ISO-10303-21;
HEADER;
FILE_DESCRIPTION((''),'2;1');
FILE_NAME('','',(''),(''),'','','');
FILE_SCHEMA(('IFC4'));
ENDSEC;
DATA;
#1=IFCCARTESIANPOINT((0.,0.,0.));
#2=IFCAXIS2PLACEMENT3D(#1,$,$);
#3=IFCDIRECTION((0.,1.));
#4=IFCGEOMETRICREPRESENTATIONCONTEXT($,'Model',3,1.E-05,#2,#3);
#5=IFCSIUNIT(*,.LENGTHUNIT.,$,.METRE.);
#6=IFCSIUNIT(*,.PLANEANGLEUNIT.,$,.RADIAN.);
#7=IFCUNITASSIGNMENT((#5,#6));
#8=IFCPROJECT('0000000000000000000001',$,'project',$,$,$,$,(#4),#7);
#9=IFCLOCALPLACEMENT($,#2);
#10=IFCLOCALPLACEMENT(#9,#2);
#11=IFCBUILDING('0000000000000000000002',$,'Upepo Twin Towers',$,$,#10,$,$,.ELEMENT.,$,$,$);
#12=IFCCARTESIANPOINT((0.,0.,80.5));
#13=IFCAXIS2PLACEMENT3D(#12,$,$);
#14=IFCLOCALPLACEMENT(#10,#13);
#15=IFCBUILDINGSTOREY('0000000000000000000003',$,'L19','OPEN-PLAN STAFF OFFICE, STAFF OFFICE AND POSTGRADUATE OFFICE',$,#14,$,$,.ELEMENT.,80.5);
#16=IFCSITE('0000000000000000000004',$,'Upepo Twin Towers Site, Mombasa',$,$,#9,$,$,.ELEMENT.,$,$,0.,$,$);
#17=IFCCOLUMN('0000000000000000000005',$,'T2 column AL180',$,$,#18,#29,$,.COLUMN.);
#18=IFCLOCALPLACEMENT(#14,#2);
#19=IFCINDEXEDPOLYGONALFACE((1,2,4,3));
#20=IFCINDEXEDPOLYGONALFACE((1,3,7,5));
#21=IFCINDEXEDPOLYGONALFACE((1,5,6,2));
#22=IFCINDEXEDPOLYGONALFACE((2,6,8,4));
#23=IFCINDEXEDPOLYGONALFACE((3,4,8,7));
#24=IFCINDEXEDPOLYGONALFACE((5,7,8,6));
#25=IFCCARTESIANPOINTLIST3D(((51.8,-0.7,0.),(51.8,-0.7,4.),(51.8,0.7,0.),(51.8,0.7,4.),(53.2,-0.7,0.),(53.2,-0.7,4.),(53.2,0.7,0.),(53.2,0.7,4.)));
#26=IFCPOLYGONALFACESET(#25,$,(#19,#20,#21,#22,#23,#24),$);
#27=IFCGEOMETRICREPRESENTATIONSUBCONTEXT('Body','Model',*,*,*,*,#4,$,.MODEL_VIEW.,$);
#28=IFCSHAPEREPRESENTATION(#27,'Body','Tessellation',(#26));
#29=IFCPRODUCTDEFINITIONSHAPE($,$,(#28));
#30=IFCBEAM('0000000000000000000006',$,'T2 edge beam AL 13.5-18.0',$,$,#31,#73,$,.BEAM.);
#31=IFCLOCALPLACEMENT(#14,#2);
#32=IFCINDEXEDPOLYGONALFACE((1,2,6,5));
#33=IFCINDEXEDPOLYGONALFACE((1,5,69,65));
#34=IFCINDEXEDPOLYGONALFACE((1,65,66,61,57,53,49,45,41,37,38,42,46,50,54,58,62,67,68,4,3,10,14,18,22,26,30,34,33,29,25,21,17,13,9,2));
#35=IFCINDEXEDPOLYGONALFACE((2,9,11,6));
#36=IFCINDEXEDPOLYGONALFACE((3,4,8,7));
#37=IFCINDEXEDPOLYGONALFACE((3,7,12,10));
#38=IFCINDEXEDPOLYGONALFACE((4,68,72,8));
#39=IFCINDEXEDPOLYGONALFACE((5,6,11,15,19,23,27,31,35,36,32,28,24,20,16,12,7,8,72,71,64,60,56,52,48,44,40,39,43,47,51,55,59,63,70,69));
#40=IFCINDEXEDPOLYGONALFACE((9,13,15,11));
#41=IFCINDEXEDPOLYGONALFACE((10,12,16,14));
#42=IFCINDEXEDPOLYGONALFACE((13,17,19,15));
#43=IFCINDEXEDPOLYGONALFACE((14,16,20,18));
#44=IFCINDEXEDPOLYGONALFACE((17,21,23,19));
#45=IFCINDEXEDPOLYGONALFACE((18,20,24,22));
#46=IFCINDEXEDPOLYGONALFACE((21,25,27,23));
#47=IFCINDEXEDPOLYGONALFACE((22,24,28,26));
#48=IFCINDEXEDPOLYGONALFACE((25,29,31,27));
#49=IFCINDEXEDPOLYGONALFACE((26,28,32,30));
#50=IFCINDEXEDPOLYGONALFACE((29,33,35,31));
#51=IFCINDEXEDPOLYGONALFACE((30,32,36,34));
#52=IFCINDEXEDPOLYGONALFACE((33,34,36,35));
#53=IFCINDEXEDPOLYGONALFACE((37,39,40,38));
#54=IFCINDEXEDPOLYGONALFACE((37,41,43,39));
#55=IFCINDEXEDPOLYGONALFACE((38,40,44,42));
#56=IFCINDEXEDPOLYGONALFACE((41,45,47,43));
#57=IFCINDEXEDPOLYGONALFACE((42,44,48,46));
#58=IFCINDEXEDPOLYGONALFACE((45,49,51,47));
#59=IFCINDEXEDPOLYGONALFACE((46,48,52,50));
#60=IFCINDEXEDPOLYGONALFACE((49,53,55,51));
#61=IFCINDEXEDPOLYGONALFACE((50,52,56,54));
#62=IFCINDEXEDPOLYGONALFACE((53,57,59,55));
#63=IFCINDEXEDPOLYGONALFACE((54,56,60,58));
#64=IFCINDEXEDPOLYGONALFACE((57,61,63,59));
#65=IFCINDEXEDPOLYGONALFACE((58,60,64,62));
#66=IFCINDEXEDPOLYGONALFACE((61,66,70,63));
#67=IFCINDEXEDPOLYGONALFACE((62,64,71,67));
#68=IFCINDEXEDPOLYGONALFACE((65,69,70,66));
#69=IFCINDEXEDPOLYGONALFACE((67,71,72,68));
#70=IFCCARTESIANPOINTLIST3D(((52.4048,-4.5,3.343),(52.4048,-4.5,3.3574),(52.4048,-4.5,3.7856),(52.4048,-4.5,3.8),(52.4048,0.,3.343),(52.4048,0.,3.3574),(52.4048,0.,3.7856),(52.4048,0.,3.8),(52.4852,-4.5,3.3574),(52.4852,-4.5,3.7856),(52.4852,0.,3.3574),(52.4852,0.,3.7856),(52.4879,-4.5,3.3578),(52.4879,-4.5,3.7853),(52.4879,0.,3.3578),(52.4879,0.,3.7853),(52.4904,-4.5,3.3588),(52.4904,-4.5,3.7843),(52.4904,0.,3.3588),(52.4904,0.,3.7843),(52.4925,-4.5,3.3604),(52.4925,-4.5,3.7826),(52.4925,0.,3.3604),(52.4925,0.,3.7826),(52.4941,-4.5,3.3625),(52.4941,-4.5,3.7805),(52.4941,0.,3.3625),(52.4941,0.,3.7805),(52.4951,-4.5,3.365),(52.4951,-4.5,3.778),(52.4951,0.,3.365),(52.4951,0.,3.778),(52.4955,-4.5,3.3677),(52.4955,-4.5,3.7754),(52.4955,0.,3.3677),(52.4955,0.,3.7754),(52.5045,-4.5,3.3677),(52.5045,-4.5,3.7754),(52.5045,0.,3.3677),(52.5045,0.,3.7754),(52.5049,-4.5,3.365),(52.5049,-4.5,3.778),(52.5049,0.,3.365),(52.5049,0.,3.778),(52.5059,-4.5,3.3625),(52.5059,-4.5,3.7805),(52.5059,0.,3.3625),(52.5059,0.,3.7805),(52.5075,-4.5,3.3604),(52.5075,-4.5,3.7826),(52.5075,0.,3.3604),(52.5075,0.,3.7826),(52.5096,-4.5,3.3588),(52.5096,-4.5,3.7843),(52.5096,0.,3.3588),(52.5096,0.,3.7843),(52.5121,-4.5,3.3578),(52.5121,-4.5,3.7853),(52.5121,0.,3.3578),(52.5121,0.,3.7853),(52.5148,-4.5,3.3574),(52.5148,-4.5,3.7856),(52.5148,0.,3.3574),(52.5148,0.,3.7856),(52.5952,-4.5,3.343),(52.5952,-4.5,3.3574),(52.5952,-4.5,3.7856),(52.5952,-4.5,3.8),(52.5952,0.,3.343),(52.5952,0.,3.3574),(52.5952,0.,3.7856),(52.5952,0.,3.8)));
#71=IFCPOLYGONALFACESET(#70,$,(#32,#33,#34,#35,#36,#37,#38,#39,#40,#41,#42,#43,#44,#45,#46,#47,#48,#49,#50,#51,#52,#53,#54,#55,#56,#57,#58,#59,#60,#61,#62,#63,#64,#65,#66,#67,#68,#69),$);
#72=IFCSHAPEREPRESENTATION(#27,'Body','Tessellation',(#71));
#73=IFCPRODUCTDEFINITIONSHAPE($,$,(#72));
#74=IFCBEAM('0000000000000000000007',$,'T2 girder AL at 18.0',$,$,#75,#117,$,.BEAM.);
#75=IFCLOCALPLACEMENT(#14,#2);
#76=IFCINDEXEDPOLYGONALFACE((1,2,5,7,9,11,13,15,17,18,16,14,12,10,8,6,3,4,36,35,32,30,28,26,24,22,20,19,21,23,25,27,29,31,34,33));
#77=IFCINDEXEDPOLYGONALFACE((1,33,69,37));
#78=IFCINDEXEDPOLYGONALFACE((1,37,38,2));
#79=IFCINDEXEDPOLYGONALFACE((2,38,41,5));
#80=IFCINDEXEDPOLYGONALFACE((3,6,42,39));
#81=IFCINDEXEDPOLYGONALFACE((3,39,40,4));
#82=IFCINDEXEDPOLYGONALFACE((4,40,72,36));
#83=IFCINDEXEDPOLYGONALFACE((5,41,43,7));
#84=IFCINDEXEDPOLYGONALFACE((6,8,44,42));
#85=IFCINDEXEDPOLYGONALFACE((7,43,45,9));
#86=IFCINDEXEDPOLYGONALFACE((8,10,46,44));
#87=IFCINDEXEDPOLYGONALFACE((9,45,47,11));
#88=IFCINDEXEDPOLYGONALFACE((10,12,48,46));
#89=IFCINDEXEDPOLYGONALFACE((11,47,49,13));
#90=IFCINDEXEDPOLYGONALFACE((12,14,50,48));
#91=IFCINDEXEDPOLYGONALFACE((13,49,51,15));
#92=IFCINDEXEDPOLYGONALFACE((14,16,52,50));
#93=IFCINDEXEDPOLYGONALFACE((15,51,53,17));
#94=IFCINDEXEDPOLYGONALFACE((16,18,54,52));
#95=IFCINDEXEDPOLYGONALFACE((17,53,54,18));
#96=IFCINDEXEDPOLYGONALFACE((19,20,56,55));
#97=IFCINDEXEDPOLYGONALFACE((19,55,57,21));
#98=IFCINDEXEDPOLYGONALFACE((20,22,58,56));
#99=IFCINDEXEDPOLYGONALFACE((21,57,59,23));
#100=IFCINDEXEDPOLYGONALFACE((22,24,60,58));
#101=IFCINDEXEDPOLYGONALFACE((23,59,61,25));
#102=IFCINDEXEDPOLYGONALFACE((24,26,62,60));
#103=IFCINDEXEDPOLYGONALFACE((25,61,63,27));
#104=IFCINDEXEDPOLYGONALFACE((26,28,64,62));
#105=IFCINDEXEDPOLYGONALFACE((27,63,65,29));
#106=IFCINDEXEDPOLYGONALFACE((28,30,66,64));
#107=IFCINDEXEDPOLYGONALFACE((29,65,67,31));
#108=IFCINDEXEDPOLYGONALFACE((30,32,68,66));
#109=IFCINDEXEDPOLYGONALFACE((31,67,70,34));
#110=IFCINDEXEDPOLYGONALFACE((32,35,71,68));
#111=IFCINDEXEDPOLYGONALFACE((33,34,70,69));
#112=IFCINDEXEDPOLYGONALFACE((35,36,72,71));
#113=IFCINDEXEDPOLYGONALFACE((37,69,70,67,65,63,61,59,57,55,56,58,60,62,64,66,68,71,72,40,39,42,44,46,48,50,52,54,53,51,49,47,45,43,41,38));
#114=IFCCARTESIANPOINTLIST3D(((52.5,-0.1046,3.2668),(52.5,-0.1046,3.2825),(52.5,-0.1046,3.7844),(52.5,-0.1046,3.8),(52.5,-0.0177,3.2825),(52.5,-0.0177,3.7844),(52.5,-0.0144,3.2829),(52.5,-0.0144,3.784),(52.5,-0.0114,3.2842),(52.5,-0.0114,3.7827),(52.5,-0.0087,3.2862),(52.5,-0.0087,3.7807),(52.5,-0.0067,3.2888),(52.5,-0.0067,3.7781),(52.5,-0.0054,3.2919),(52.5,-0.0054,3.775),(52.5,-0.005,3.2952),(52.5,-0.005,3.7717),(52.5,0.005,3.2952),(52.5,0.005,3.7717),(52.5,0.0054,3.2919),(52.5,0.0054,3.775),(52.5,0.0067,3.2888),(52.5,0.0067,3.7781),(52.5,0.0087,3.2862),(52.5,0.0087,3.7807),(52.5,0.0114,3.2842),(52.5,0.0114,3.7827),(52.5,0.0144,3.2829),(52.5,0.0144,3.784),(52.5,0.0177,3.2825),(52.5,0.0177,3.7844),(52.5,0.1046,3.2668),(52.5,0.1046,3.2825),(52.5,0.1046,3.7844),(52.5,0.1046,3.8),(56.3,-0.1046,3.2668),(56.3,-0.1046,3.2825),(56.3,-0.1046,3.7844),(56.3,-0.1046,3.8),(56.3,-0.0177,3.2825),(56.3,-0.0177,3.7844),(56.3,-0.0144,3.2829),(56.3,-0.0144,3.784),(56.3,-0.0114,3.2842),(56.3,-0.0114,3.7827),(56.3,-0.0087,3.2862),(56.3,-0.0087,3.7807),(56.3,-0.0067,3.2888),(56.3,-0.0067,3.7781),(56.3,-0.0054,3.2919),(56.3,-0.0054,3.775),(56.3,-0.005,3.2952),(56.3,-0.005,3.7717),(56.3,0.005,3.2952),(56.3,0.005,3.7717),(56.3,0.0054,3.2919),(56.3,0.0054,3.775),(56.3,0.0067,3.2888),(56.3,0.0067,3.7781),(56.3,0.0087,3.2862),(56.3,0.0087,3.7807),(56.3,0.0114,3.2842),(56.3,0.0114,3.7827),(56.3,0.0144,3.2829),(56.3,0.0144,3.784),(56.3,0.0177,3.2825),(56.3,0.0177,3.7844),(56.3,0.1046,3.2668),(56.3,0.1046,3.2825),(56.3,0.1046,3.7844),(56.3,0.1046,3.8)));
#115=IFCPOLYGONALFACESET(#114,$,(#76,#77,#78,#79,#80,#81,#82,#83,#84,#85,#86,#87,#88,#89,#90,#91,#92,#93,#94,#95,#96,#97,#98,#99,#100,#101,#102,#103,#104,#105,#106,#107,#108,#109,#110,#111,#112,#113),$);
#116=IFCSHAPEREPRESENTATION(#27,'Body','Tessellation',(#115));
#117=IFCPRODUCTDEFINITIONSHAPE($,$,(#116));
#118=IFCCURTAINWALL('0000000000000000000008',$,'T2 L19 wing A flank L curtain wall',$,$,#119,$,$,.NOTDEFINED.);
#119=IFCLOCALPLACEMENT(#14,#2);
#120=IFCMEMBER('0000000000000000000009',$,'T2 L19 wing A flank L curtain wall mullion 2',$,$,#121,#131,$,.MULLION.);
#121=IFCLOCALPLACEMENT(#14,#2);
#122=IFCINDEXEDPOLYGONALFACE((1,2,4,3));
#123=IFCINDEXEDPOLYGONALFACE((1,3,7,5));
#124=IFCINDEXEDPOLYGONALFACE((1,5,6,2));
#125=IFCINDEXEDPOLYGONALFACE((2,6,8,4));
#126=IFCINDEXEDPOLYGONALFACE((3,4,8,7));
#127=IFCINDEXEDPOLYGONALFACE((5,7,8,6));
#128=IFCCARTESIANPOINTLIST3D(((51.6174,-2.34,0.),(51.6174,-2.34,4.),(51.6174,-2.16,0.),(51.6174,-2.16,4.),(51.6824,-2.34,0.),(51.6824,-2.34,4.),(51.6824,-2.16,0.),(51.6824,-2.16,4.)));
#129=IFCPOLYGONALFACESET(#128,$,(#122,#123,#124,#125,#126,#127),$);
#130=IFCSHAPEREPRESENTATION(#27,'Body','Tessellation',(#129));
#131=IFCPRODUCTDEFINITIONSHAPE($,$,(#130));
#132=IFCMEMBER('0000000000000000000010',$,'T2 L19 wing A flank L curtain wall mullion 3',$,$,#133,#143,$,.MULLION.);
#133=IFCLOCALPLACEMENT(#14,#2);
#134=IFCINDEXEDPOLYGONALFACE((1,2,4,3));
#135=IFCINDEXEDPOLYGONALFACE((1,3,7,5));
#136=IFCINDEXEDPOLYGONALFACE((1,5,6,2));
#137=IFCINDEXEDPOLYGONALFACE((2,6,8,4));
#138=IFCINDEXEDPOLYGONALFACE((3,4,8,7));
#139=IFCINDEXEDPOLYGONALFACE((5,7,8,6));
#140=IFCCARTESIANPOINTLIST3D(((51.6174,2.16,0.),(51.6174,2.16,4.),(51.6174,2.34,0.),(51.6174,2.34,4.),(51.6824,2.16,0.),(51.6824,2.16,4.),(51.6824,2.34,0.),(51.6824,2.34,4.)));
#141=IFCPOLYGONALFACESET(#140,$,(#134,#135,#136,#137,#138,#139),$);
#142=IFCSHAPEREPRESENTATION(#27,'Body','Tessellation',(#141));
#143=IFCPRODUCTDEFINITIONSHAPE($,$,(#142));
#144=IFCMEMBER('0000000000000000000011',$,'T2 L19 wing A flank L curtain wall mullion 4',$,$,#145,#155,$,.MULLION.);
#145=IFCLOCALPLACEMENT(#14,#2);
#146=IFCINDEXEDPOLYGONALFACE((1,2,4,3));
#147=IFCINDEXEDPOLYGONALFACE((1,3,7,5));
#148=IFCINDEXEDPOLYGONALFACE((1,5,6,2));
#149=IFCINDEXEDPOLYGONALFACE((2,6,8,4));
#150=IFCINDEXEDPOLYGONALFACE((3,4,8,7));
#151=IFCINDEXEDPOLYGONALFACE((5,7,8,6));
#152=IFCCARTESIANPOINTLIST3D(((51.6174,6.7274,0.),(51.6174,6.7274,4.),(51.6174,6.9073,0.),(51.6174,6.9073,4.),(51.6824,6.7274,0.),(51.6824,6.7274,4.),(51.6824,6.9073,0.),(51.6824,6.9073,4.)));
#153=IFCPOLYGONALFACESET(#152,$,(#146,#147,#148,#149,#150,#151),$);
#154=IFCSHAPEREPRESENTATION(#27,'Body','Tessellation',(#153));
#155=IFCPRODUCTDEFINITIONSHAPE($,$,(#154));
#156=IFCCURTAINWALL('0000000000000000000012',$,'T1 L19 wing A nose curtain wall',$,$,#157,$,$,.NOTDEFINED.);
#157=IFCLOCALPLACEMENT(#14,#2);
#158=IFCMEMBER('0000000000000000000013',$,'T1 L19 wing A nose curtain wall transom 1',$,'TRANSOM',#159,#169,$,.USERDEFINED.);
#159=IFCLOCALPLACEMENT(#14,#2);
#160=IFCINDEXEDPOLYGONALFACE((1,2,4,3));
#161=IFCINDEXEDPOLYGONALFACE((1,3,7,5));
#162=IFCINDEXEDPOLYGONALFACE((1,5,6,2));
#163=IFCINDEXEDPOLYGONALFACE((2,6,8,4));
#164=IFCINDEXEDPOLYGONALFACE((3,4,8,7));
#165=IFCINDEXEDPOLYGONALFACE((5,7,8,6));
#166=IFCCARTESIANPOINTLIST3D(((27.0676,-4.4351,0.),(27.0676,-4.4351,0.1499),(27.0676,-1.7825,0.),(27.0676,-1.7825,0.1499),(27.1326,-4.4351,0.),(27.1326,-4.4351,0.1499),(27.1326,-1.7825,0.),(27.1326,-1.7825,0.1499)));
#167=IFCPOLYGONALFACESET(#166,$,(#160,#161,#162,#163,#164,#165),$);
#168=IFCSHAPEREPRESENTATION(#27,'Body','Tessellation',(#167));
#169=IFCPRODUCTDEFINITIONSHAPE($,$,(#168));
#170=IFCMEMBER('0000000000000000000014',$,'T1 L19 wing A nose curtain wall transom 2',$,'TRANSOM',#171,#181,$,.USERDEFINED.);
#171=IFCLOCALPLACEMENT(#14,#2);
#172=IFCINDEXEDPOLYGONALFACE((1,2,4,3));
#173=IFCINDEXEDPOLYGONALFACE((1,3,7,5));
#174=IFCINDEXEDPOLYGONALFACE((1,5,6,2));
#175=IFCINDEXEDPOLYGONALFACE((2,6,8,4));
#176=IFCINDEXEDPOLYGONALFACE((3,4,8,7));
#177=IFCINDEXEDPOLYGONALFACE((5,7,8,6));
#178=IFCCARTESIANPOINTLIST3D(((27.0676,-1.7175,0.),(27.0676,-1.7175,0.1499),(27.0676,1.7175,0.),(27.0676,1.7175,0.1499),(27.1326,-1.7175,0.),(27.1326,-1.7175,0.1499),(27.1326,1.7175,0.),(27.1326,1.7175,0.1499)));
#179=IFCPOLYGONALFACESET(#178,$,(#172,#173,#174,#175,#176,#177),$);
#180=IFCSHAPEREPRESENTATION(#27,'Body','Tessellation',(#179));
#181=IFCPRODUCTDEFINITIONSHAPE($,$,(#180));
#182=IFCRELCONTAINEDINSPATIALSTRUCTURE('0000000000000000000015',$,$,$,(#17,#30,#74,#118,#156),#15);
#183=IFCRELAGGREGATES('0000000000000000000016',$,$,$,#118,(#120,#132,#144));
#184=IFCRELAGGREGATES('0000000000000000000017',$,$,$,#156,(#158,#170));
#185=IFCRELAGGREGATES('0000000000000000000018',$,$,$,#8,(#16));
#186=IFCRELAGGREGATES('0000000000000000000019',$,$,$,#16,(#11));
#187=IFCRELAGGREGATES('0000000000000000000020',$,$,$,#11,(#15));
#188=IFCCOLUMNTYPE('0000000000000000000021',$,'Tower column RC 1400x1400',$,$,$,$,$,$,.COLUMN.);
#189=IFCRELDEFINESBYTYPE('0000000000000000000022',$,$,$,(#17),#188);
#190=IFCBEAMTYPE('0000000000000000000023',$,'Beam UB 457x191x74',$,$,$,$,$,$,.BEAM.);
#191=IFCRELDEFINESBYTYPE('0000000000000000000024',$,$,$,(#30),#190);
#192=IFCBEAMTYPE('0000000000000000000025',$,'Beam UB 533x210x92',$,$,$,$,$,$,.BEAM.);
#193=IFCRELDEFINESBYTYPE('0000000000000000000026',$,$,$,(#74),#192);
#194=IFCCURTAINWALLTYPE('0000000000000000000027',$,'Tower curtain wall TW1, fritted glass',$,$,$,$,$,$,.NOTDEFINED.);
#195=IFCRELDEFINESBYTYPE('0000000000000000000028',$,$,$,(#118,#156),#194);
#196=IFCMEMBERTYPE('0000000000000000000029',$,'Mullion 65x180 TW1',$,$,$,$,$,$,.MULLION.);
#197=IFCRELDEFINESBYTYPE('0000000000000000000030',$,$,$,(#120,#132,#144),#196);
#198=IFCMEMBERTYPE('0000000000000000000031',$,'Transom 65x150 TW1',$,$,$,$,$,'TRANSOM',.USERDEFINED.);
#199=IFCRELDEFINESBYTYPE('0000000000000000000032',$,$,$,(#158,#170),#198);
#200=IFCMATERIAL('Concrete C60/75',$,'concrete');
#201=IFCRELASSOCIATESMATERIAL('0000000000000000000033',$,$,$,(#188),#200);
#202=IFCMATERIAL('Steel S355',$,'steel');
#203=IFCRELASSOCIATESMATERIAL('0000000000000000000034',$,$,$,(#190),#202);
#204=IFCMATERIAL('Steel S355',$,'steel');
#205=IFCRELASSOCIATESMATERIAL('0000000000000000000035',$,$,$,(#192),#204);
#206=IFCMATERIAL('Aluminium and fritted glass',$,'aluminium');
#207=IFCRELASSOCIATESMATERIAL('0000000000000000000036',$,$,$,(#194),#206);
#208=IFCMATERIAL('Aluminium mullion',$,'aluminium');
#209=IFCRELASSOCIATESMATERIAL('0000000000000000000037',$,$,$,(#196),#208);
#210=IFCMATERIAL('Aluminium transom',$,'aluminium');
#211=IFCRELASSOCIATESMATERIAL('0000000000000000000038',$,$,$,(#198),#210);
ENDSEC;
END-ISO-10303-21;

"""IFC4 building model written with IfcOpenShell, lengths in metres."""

from ifc_helpers import new_model, si_unit, direction, frame, origin, origin_2d, place, context, subcontext, project, spatial, rectangle, i_section, extrude, material, material_profile, profile_set, type_object, element, aggregate, save


model = new_model("IFC4")

# Units and contexts
model_context = context("Model", 3, precision=1e-05, world=origin(), true_north=direction((0.0, 1.0)))
body_context = subcontext(model_context, "Body", "Model", "MODEL_VIEW")
ifc_project = project(units=[si_unit("LENGTHUNIT", "METRE"), si_unit("PLANEANGLEUNIT", "RADIAN")], contexts=[model_context])

# Site, building, storey
site_placement = place(None, origin())
site = spatial("IfcSite", under=ifc_project, at=site_placement, Name="Upepo Twin Towers Site, Mombasa", CompositionType="ELEMENT", RefElevation=0.0)
building_placement = place(site_placement, origin())
building = spatial("IfcBuilding", under=site, at=building_placement, Name="Upepo Twin Towers", CompositionType="ELEMENT")
storey_placement = place(building_placement, frame((0.0, 0.0, 80.5)))
storey = spatial("IfcBuildingStorey", under=building, at=storey_placement, Name="L19", Description="OPEN-PLAN STAFF OFFICE, STAFF OFFICE AND POSTGRADUATE OFFICE", CompositionType="ELEMENT", Elevation=80.5)

# Column
ifc_material_1 = material(Name="Concrete C60/75", Category="concrete")
ifc_material_profile_1 = material_profile(ifc_material_1, rectangle(XDim=1.3999, YDim=1.3999, at=origin_2d()), Name="RC 1400x1400")
ifc_profile_set_1 = profile_set([ifc_material_profile_1], Name="Concrete C60/75")
column_type = type_object("IfcColumnType", Name="Tower column RC 1400x1400", PredefinedType="COLUMN", material=ifc_profile_set_1)
column_placement = place(storey_placement, frame((52.5, 0.0, 0.0), z_axis=(0.0, 0.0, 1.0), x_axis=(1.0, 0.0, 0.0)))
element("IfcColumn", 1, at=column_placement, inside=storey, type_object=column_type, Name="T2 column AL180", PredefinedType="COLUMN", context=body_context, shape_type="SweptSolid", body=[
    extrude(rectangle(XDim=1.3999, YDim=1.3999, at=origin_2d()), origin(), (0.0, 0.0, 1.0), 4.0),
])

# Beams
ifc_material_2 = material(Name="Steel S355", Category="steel")
ifc_material_profile_2 = material_profile(ifc_material_2, i_section(OverallWidth=0.1904, OverallDepth=0.457, WebThickness=0.009, FlangeThickness=0.0144, FilletRadius=0.0103, at=origin_2d()), Name="UB 457x191x74")
ifc_profile_set_2 = profile_set([ifc_material_profile_2], Name="Steel S355")
beam_type_1 = type_object("IfcBeamType", Name="Beam UB 457x191x74", PredefinedType="BEAM", material=ifc_profile_set_2)
beam_1_placement = place(storey_placement, frame((52.5, -4.5, 3.5715), z_axis=(0.0, 1.0, 0.0), x_axis=(-1.0, 0.0, 0.0)))
element("IfcBeam", 2, at=beam_1_placement, inside=storey, type_object=beam_type_1, Name="T2 edge beam AL 13.5-18.0", PredefinedType="BEAM", context=body_context, shape_type="SweptSolid", body=[
    extrude(i_section(OverallWidth=0.1904, OverallDepth=0.457, WebThickness=0.009, FlangeThickness=0.0144, FilletRadius=0.0103, at=origin_2d()), origin(), (0.0, 0.0, 1.0), 4.5),
])
ifc_material_3 = material(Name="Steel S355", Category="steel")
ifc_material_profile_3 = material_profile(ifc_material_3, i_section(OverallWidth=0.2092, OverallDepth=0.5332, WebThickness=0.01, FlangeThickness=0.0156, FilletRadius=0.0127, at=origin_2d()), Name="UB 533x210x92")
ifc_profile_set_3 = profile_set([ifc_material_profile_3], Name="Steel S355")
beam_type_2 = type_object("IfcBeamType", Name="Beam UB 533x210x92", PredefinedType="BEAM", material=ifc_profile_set_3)
beam_2_placement = place(storey_placement, frame((52.5, 0.0, 3.5334), z_axis=(1.0, 0.0, 0.0), x_axis=(0.0, 1.0, 0.0)))
element("IfcBeam", 3, at=beam_2_placement, inside=storey, type_object=beam_type_2, Name="T2 girder AL at 18.0", PredefinedType="BEAM", context=body_context, shape_type="SweptSolid", body=[
    extrude(i_section(OverallWidth=0.2092, OverallDepth=0.5332, WebThickness=0.01, FlangeThickness=0.0156, FilletRadius=0.0127, at=origin_2d()), origin(), (0.0, 0.0, 1.0), 3.8),
])

# Curtain walls, members
ifc_material_4 = material(Name="Aluminium and fritted glass", Category="aluminium")
curtain_wall_type = type_object("IfcCurtainWallType", Name="Tower curtain wall TW1, fritted glass", PredefinedType="NOTDEFINED", material=ifc_material_4)
curtain_wall_1_placement = place(storey_placement, origin())
curtain_wall_1 = element("IfcCurtainWall", 4, at=curtain_wall_1_placement, inside=storey, type_object=curtain_wall_type, Name="T2 L19 wing A flank L curtain wall", PredefinedType="NOTDEFINED")
ifc_material_5 = material(Name="Aluminium mullion", Category="aluminium")
ifc_material_profile_4 = material_profile(ifc_material_5, rectangle(XDim=0.0649, YDim=0.1799, at=origin_2d()), Name="MULLION 65x180")
ifc_profile_set_4 = profile_set([ifc_material_profile_4], Name="Aluminium mullion")
member_type_1 = type_object("IfcMemberType", Name="Mullion 65x180 TW1", PredefinedType="MULLION", material=ifc_profile_set_4)
member_1_placement = place(storey_placement, frame((51.6499, -2.25, 0.0), z_axis=(0.0, 0.0, 1.0), x_axis=(-1.0, 0.0, 0.0)))
member_1 = element("IfcMember", 5, at=member_1_placement, type_object=member_type_1, Name="T2 L19 wing A flank L curtain wall mullion 2", PredefinedType="MULLION", context=body_context, shape_type="SweptSolid", body=[
    extrude(rectangle(XDim=0.0649, YDim=0.1799, at=origin_2d()), origin(), (0.0, 0.0, 1.0), 4.0),
])
member_2_placement = place(storey_placement, frame((51.6499, 2.25, 0.0), z_axis=(0.0, 0.0, 1.0), x_axis=(-1.0, 0.0, 0.0)))
member_2 = element("IfcMember", 6, at=member_2_placement, type_object=member_type_1, Name="T2 L19 wing A flank L curtain wall mullion 3", PredefinedType="MULLION", context=body_context, shape_type="SweptSolid", body=[
    extrude(rectangle(XDim=0.0649, YDim=0.1799, at=origin_2d()), origin(), (0.0, 0.0, 1.0), 4.0),
])
member_3_placement = place(storey_placement, frame((51.6499, 6.8174, 0.0), z_axis=(0.0, 0.0, 1.0), x_axis=(-1.0, 0.0, 0.0)))
member_3 = element("IfcMember", 7, at=member_3_placement, type_object=member_type_1, Name="T2 L19 wing A flank L curtain wall mullion 4", PredefinedType="MULLION", context=body_context, shape_type="SweptSolid", body=[
    extrude(rectangle(XDim=0.0649, YDim=0.1799, at=origin_2d()), origin(), (0.0, 0.0, 1.0), 4.0),
])
curtain_wall_2_placement = place(storey_placement, origin())
curtain_wall_2 = element("IfcCurtainWall", 8, at=curtain_wall_2_placement, inside=storey, type_object=curtain_wall_type, Name="T1 L19 wing A nose curtain wall", PredefinedType="NOTDEFINED")
ifc_material_6 = material(Name="Aluminium transom", Category="aluminium")
ifc_material_profile_5 = material_profile(ifc_material_6, rectangle(XDim=0.0649, YDim=0.1499, at=origin_2d()), Name="TRANSOM 65x150")
ifc_profile_set_5 = profile_set([ifc_material_profile_5], Name="Aluminium transom")
member_type_2 = type_object("IfcMemberType", Name="Transom 65x150 TW1", ElementType="TRANSOM", PredefinedType="USERDEFINED", material=ifc_profile_set_5)
member_4_placement = place(storey_placement, frame((27.1001, -4.4351, 0.075), z_axis=(0.0, 1.0, 0.0), x_axis=(-1.0, 0.0, 0.0)))
member_4 = element("IfcMember", 9, at=member_4_placement, type_object=member_type_2, Name="T1 L19 wing A nose curtain wall transom 1", ObjectType="TRANSOM", PredefinedType="USERDEFINED", context=body_context, shape_type="SweptSolid", body=[
    extrude(rectangle(XDim=0.0649, YDim=0.1499, at=origin_2d()), origin(), (0.0, 0.0, 1.0), 2.6526),
])
member_5_placement = place(storey_placement, frame((27.1001, -1.7175, 0.075), z_axis=(0.0, 1.0, 0.0), x_axis=(-1.0, 0.0, 0.0)))
member_5 = element("IfcMember", 10, at=member_5_placement, type_object=member_type_2, Name="T1 L19 wing A nose curtain wall transom 2", ObjectType="TRANSOM", PredefinedType="USERDEFINED", context=body_context, shape_type="SweptSolid", body=[
    extrude(rectangle(XDim=0.0649, YDim=0.1499, at=origin_2d()), origin(), (0.0, 0.0, 1.0), 3.4351),
])

aggregate(curtain_wall_1, [member_1, member_2, member_3])
aggregate(curtain_wall_2, [member_4, member_5])

save(model, "model.ifc")
